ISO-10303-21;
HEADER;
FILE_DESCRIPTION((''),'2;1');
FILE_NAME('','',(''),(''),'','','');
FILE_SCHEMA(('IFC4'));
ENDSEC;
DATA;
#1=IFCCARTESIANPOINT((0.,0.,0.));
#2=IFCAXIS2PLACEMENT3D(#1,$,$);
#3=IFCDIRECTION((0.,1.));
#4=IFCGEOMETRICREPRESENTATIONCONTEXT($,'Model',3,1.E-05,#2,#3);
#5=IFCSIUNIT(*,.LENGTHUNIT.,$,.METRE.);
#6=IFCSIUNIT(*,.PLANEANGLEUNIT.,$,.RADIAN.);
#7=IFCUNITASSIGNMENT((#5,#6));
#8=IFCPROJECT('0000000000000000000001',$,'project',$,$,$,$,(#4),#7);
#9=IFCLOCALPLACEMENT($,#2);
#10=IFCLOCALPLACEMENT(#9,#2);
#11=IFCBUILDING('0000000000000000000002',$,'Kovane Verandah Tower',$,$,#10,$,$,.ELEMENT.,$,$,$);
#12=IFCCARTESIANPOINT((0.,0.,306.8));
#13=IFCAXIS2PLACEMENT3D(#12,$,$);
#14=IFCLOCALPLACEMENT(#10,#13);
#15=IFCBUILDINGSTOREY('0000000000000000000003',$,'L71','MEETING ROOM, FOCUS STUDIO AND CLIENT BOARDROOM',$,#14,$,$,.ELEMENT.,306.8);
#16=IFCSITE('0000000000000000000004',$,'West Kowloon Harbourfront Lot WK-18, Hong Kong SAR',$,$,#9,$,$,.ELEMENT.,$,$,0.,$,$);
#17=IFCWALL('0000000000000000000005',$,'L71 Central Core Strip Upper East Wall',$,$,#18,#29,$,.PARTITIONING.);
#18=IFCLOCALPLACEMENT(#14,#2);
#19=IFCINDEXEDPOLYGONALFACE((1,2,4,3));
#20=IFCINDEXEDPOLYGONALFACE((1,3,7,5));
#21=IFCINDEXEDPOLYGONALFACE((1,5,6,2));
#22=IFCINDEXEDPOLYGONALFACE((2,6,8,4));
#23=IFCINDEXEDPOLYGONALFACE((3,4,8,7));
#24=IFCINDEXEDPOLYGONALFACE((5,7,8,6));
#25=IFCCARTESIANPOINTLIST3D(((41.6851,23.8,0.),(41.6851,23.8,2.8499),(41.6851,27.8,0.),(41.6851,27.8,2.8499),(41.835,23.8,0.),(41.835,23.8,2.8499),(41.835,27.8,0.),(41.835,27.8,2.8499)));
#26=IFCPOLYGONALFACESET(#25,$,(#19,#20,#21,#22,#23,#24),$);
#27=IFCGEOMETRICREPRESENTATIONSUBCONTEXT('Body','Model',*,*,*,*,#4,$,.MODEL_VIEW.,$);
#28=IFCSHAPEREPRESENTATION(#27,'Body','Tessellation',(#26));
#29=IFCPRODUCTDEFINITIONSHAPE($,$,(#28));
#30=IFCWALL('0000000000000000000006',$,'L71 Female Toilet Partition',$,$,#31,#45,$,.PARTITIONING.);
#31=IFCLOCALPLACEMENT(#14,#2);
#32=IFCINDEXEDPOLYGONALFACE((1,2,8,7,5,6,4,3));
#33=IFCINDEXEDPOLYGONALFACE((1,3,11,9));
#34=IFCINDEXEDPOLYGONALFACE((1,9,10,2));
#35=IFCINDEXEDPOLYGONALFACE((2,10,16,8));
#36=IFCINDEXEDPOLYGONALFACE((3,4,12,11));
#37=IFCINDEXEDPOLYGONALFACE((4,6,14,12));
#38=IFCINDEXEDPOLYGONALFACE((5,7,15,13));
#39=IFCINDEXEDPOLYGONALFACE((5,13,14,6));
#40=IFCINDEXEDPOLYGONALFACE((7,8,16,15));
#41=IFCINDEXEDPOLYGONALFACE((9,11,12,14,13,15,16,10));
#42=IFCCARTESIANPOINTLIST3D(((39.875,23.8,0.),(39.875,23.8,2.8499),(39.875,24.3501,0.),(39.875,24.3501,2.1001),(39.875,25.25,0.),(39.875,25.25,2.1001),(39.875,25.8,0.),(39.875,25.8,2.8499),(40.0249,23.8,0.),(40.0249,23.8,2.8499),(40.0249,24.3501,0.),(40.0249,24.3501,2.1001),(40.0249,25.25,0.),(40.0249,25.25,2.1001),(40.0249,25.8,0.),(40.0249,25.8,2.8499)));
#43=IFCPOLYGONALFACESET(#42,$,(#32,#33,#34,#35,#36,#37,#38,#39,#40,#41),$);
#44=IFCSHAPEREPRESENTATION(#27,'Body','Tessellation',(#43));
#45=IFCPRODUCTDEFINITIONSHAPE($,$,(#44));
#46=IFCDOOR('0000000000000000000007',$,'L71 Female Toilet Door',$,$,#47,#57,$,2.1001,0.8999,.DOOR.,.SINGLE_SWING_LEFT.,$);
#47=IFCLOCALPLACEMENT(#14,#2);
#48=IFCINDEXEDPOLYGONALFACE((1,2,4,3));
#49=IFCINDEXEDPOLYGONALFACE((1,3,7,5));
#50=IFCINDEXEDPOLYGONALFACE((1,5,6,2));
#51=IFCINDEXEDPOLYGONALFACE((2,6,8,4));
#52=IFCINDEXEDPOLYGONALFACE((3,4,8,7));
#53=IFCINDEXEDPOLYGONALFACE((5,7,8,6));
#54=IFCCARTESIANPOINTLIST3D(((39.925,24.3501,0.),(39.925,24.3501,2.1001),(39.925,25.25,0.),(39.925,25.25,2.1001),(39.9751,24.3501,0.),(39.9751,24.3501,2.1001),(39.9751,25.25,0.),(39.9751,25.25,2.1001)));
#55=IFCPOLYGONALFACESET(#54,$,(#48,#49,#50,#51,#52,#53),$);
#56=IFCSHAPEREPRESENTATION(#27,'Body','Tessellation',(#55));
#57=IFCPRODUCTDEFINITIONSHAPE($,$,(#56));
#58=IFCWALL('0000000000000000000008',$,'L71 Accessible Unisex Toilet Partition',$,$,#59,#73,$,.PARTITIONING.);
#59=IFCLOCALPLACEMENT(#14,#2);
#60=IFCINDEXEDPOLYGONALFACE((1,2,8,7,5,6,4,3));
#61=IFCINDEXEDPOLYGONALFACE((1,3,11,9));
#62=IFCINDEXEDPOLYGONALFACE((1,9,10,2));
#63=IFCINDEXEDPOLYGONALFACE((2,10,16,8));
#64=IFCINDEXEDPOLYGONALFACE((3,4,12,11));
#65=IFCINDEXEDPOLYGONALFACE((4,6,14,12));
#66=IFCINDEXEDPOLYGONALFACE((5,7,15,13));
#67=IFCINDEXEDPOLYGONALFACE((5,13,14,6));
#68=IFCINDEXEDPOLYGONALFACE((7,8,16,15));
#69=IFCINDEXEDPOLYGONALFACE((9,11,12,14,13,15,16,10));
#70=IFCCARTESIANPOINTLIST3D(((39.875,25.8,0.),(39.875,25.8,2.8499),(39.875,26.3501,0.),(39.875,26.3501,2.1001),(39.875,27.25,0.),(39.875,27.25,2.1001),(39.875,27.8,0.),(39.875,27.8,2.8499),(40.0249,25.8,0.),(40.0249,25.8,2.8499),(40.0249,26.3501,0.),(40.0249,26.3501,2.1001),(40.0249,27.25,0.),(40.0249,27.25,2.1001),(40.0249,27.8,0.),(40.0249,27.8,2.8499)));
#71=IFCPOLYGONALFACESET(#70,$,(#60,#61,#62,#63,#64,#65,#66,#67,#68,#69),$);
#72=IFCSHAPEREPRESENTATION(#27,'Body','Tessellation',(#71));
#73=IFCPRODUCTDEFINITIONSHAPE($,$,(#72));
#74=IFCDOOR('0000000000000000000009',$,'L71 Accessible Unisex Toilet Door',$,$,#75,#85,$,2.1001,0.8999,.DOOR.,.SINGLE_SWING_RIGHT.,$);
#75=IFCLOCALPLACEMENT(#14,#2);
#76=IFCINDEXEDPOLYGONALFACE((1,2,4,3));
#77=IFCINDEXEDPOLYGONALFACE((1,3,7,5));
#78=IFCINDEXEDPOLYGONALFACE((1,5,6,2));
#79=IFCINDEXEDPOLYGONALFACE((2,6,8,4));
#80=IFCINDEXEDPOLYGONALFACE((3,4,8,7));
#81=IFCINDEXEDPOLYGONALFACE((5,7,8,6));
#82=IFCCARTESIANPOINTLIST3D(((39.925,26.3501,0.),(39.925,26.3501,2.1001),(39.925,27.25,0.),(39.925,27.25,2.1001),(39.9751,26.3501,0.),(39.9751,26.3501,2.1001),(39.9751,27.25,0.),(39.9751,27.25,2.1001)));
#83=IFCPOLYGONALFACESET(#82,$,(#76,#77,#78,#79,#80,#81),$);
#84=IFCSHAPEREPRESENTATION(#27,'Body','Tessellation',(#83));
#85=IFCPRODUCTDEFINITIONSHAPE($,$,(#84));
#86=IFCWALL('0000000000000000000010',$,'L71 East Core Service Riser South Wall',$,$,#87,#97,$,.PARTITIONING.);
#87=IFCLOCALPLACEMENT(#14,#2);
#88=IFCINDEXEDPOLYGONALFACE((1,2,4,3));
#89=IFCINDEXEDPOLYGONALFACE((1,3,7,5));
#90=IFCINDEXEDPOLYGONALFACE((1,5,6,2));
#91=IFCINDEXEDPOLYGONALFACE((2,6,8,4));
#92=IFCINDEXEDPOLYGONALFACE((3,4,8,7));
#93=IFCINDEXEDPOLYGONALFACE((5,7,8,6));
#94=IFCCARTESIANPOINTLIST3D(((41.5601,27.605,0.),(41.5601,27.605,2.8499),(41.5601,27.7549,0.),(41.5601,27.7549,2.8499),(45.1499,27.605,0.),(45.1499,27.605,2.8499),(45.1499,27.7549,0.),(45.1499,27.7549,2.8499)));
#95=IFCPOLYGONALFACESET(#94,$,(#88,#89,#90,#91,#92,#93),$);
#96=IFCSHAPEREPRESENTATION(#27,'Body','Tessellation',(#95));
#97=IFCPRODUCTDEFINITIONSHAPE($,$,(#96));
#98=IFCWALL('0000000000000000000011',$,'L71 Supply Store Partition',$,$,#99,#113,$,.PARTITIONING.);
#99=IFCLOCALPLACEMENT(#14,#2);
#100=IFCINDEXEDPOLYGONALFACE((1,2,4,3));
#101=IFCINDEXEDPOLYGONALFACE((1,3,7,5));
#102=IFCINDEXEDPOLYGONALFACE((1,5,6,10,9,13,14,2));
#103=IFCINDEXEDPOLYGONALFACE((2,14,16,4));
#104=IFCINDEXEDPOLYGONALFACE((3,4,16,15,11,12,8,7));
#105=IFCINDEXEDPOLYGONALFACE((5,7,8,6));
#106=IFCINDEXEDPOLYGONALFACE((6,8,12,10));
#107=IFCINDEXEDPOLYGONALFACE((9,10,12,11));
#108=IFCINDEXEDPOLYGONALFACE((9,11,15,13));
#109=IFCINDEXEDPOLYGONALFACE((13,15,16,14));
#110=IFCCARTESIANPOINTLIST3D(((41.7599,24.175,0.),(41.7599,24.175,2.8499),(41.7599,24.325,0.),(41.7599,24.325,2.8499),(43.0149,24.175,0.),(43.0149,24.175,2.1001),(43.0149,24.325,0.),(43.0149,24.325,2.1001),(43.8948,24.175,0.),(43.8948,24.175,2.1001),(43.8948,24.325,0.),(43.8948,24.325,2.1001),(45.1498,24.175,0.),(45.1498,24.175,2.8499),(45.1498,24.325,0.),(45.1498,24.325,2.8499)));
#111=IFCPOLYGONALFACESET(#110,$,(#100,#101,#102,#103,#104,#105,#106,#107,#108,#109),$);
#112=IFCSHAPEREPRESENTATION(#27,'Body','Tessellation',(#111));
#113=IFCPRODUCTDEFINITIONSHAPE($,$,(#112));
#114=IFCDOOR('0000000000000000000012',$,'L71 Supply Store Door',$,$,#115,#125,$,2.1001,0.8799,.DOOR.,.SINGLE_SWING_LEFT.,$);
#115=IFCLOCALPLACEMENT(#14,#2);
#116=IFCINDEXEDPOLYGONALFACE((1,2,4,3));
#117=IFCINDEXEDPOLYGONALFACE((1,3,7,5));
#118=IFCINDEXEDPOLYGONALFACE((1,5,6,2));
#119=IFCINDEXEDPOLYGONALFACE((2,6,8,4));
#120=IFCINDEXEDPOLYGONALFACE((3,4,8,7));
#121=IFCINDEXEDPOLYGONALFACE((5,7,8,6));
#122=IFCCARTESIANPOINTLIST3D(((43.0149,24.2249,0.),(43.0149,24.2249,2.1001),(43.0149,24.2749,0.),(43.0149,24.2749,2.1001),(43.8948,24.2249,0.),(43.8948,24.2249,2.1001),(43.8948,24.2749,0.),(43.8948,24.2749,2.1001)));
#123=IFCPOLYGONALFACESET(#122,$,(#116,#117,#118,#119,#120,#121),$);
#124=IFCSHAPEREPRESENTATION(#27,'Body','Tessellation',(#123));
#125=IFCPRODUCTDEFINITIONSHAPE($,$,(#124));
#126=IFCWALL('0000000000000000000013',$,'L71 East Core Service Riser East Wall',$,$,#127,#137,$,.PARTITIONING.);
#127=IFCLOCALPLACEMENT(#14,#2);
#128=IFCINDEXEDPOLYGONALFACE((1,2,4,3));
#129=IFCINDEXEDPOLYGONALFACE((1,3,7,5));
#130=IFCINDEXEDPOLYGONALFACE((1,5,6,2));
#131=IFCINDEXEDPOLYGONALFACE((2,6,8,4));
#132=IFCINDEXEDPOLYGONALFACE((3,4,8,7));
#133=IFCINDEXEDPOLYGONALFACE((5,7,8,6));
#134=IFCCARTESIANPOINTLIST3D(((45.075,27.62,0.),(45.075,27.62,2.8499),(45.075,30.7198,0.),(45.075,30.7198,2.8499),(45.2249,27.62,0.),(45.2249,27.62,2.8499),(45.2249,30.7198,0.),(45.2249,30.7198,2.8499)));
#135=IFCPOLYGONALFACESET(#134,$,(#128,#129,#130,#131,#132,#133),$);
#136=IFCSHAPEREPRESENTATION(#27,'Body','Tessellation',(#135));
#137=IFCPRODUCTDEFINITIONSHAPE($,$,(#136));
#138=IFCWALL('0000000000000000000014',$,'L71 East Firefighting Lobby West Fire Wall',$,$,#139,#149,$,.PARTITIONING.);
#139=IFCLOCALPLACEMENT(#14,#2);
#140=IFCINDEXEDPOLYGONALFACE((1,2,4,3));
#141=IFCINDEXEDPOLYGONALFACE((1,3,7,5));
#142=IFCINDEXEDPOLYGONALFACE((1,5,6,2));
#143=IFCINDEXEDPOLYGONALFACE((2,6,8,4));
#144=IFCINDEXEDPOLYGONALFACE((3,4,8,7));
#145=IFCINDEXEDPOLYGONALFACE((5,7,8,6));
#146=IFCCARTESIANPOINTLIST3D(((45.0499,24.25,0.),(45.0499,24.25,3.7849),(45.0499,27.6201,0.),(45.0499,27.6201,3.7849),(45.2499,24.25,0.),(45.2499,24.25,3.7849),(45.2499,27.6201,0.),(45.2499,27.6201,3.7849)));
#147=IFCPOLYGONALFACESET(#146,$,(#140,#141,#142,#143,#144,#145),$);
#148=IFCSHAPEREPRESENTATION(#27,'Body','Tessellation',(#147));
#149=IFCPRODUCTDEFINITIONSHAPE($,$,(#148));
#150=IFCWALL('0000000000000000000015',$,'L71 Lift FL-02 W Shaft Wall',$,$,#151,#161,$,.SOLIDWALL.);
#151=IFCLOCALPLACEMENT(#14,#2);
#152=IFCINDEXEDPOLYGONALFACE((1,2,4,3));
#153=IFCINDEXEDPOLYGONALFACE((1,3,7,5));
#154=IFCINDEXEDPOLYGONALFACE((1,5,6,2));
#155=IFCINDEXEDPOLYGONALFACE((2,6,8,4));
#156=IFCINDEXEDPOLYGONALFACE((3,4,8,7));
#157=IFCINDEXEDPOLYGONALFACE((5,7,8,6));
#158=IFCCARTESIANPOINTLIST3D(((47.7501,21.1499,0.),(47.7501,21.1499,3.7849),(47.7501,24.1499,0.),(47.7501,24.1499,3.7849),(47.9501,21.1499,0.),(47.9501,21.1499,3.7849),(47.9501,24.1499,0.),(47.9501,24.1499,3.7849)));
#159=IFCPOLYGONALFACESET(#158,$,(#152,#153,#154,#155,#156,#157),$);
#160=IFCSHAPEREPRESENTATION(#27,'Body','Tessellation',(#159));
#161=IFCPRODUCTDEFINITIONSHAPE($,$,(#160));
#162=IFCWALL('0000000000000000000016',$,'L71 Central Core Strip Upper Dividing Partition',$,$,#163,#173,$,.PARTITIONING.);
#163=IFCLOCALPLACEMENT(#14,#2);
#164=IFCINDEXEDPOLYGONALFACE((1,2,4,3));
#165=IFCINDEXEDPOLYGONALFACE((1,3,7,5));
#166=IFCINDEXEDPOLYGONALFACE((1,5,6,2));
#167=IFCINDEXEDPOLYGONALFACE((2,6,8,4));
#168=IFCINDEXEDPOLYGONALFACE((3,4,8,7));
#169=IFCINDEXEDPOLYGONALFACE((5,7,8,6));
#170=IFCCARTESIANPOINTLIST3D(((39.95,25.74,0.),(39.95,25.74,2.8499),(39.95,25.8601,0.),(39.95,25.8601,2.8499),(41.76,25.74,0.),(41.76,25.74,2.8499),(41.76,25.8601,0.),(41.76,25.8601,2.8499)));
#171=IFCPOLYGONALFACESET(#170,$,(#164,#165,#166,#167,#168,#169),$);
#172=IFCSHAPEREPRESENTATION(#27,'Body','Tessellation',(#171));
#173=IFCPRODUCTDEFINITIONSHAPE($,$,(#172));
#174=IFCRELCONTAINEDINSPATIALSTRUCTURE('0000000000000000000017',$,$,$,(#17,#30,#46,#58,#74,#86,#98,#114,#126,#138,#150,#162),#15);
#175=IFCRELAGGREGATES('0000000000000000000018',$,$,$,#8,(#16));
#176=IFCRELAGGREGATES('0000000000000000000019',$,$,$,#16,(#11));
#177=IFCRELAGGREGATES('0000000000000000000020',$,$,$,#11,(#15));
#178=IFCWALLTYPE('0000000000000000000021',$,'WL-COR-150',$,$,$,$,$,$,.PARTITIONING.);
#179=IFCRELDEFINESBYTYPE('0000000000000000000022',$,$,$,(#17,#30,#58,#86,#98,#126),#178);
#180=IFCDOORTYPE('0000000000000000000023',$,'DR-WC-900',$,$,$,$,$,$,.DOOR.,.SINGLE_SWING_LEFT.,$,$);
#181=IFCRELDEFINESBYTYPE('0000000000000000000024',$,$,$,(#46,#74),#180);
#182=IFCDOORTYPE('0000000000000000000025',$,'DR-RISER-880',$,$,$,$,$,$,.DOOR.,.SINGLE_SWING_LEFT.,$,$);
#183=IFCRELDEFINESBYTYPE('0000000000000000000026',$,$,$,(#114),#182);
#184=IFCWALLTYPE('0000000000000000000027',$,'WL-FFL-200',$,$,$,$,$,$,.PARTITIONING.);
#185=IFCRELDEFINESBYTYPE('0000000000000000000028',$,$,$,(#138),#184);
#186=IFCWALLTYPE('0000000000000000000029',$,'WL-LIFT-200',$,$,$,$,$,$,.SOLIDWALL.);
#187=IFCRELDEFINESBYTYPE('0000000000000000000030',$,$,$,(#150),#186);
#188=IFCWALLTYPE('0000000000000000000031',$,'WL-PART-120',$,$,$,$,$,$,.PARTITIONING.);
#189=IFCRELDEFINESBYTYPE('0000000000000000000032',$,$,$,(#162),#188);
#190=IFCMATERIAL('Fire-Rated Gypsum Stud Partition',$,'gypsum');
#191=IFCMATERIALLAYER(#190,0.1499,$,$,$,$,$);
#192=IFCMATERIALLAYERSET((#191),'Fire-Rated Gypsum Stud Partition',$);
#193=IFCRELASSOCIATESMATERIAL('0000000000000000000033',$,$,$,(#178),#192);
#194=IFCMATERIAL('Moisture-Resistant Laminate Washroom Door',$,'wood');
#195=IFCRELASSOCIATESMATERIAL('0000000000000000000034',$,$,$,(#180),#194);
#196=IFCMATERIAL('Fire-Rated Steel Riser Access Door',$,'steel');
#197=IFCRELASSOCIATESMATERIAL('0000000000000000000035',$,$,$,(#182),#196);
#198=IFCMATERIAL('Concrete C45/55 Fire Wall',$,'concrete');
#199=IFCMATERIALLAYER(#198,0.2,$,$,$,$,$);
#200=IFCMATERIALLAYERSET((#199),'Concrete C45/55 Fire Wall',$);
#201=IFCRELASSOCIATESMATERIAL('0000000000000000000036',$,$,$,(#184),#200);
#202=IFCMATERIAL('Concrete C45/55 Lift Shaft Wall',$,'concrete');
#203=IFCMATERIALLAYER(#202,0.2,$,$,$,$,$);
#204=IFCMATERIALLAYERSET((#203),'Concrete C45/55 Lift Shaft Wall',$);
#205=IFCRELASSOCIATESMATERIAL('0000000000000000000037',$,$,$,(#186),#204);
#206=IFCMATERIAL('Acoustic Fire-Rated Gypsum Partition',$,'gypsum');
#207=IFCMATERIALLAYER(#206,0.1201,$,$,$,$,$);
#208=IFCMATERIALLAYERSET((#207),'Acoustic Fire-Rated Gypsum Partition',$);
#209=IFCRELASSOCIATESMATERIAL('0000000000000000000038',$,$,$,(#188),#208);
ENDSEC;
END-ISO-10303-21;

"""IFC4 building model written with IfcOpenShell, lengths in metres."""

from ifc_helpers import new_model, si_unit, direction, frame, frame_2d, origin, place, context, subcontext, project, spatial, rectangle, extrude, material, layer, layer_set, type_object, element, fill, save


model = new_model("IFC4")

# Units and contexts
model_context = context("Model", 3, precision=1e-05, world=origin(), true_north=direction((0.0, 1.0)))
body_context = subcontext(model_context, "Body", "Model", "MODEL_VIEW")
ifc_project = project(units=[si_unit("LENGTHUNIT", "METRE"), si_unit("PLANEANGLEUNIT", "RADIAN")], contexts=[model_context])

# Site, building, storey
site_placement = place(None, origin())
site = spatial("IfcSite", under=ifc_project, at=site_placement, Name="West Kowloon Harbourfront Lot WK-18, Hong Kong SAR", CompositionType="ELEMENT", RefElevation=0.0)
building_placement = place(site_placement, origin())
building = spatial("IfcBuilding", under=site, at=building_placement, Name="Kovane Verandah Tower", CompositionType="ELEMENT")
storey_placement = place(building_placement, frame((0.0, 0.0, 306.8)))
storey = spatial("IfcBuildingStorey", under=building, at=storey_placement, Name="L71", Description="MEETING ROOM, FOCUS STUDIO AND CLIENT BOARDROOM", CompositionType="ELEMENT", Elevation=306.8)

# Wall
ifc_material_1 = material(Name="Fire-Rated Gypsum Stud Partition", Category="gypsum")
ifc_layer_1 = layer(ifc_material_1, 0.1499)
ifc_layer_set_1 = layer_set([ifc_layer_1], Name="Fire-Rated Gypsum Stud Partition")
wall_type_1 = type_object("IfcWallType", Name="WL-COR-150", PredefinedType="PARTITIONING", material=ifc_layer_set_1)
wall_1_placement = place(storey_placement, frame((41.76, 23.8, 0.0), z_axis=(0.0, 0.0, 1.0), x_axis=(0.0, 1.0, 0.0)))
element("IfcWall", 1, at=wall_1_placement, inside=storey, type_object=wall_type_1, Name="L71 Central Core Strip Upper East Wall", PredefinedType="PARTITIONING", context=body_context, shape_type="SweptSolid", body=[
    extrude(rectangle(XDim=4.0, YDim=0.1499, at=frame_2d((2.0, 0.0))), origin(), (0.0, 0.0, 1.0), 2.8499),
])

# Walls, openings, doors
wall_2_placement = place(storey_placement, frame((39.95, 23.8, 0.0), z_axis=(0.0, 0.0, 1.0), x_axis=(0.0, 1.0, 0.0)))
wall_2 = element("IfcWall", 2, at=wall_2_placement, inside=storey, type_object=wall_type_1, Name="L71 Female Toilet Partition", PredefinedType="PARTITIONING", context=body_context, shape_type="SweptSolid", body=[
    extrude(rectangle(XDim=2.0, YDim=0.1499, at=frame_2d((1.0, 0.0))), origin(), (0.0, 0.0, 1.0), 2.8499),
])
opening_1_placement = place(wall_2_placement, frame((0.55, 0.0, 0.0)))
opening_1 = element("IfcOpeningElement", 3, at=opening_1_placement, cuts=wall_2, PredefinedType="OPENING", context=body_context, shape_type="SweptSolid", body=[
    extrude(rectangle(XDim=0.8999, YDim=2.1001, at=frame_2d((0.45, 1.05))), frame((0.0, 0.075, 0.0), z_axis=(0.0, -1.0, 0.0), x_axis=(1.0, 0.0, 0.0)), (0.0, 0.0, 1.0), 0.1499),
])
ifc_material_2 = material(Name="Moisture-Resistant Laminate Washroom Door", Category="wood")
door_type_1 = type_object("IfcDoorType", Name="DR-WC-900", OperationType="SINGLE_SWING_LEFT", PredefinedType="DOOR", material=ifc_material_2)
door_1_placement = place(opening_1_placement, origin())
door_1 = element("IfcDoor", 4, at=door_1_placement, inside=storey, type_object=door_type_1, Name="L71 Female Toilet Door", OperationType="SINGLE_SWING_LEFT", OverallHeight=2.1001, OverallWidth=0.8999, PredefinedType="DOOR", context=body_context, shape_type="SweptSolid", body=[
    extrude(rectangle(XDim=0.8999, YDim=2.1001, at=frame_2d((0.45, 1.05))), frame((0.0, 0.0249, 0.0), z_axis=(0.0, -1.0, 0.0), x_axis=(1.0, 0.0, 0.0)), (0.0, 0.0, 1.0), 0.05),
])
fill(opening_1, door_1)
wall_3_placement = place(storey_placement, frame((39.95, 25.8, 0.0), z_axis=(0.0, 0.0, 1.0), x_axis=(0.0, 1.0, 0.0)))
wall_3 = element("IfcWall", 5, at=wall_3_placement, inside=storey, type_object=wall_type_1, Name="L71 Accessible Unisex Toilet Partition", PredefinedType="PARTITIONING", context=body_context, shape_type="SweptSolid", body=[
    extrude(rectangle(XDim=2.0, YDim=0.1499, at=frame_2d((1.0, 0.0))), origin(), (0.0, 0.0, 1.0), 2.8499),
])
opening_2_placement = place(wall_3_placement, frame((0.55, 0.0, 0.0)))
opening_2 = element("IfcOpeningElement", 6, at=opening_2_placement, cuts=wall_3, PredefinedType="OPENING", context=body_context, shape_type="SweptSolid", body=[
    extrude(rectangle(XDim=0.8999, YDim=2.1001, at=frame_2d((0.45, 1.05))), frame((0.0, 0.075, 0.0), z_axis=(0.0, -1.0, 0.0), x_axis=(1.0, 0.0, 0.0)), (0.0, 0.0, 1.0), 0.1499),
])
door_2_placement = place(opening_2_placement, origin())
door_2 = element("IfcDoor", 7, at=door_2_placement, inside=storey, type_object=door_type_1, Name="L71 Accessible Unisex Toilet Door", OperationType="SINGLE_SWING_RIGHT", OverallHeight=2.1001, OverallWidth=0.8999, PredefinedType="DOOR", context=body_context, shape_type="SweptSolid", body=[
    extrude(rectangle(XDim=0.8999, YDim=2.1001, at=frame_2d((0.45, 1.05))), frame((0.0, 0.0249, 0.0), z_axis=(0.0, -1.0, 0.0), x_axis=(1.0, 0.0, 0.0)), (0.0, 0.0, 1.0), 0.05),
])
fill(opening_2, door_2)

# Wall
wall_4_placement = place(storey_placement, frame((41.5601, 27.6799, 0.0), z_axis=(0.0, 0.0, 1.0), x_axis=(1.0, 0.0, 0.0)))
element("IfcWall", 8, at=wall_4_placement, inside=storey, type_object=wall_type_1, Name="L71 East Core Service Riser South Wall", PredefinedType="PARTITIONING", context=body_context, shape_type="SweptSolid", body=[
    extrude(rectangle(XDim=3.5898, YDim=0.1499, at=frame_2d((1.7949, 0.0))), origin(), (0.0, 0.0, 1.0), 2.8499),
])

# Wall, opening, door
wall_5_placement = place(storey_placement, frame((41.76, 24.25, 0.0), z_axis=(0.0, 0.0, 1.0), x_axis=(1.0, 0.0, 0.0)))
wall_5 = element("IfcWall", 9, at=wall_5_placement, inside=storey, type_object=wall_type_1, Name="L71 Supply Store Partition", PredefinedType="PARTITIONING", context=body_context, shape_type="SweptSolid", body=[
    extrude(rectangle(XDim=3.3899, YDim=0.1499, at=frame_2d((1.6948, 0.0))), origin(), (0.0, 0.0, 1.0), 2.8499),
])
opening_3_placement = place(wall_5_placement, frame((1.2549, 0.0, 0.0)))
opening_3 = element("IfcOpeningElement", 10, at=opening_3_placement, cuts=wall_5, PredefinedType="OPENING", context=body_context, shape_type="SweptSolid", body=[
    extrude(rectangle(XDim=0.8799, YDim=2.1001, at=frame_2d((0.4399, 1.05))), frame((0.0, 0.075, 0.0), z_axis=(0.0, -1.0, 0.0), x_axis=(1.0, 0.0, 0.0)), (0.0, 0.0, 1.0), 0.1499),
])
ifc_material_3 = material(Name="Fire-Rated Steel Riser Access Door", Category="steel")
door_type_2 = type_object("IfcDoorType", Name="DR-RISER-880", OperationType="SINGLE_SWING_LEFT", PredefinedType="DOOR", material=ifc_material_3)
door_3_placement = place(opening_3_placement, origin())
door_3 = element("IfcDoor", 11, at=door_3_placement, inside=storey, type_object=door_type_2, Name="L71 Supply Store Door", OperationType="SINGLE_SWING_LEFT", OverallHeight=2.1001, OverallWidth=0.8799, PredefinedType="DOOR", context=body_context, shape_type="SweptSolid", body=[
    extrude(rectangle(XDim=0.8799, YDim=2.1001, at=frame_2d((0.4399, 1.05))), frame((0.0, 0.0249, 0.0), z_axis=(0.0, -1.0, 0.0), x_axis=(1.0, 0.0, 0.0)), (0.0, 0.0, 1.0), 0.05),
])
fill(opening_3, door_3)

# Walls
wall_6_placement = place(storey_placement, frame((45.1499, 27.6201, 0.0), z_axis=(0.0, 0.0, 1.0), x_axis=(0.0, 1.0, 0.0)))
element("IfcWall", 12, at=wall_6_placement, inside=storey, type_object=wall_type_1, Name="L71 East Core Service Riser East Wall", PredefinedType="PARTITIONING", context=body_context, shape_type="SweptSolid", body=[
    extrude(rectangle(XDim=3.0999, YDim=0.1499, at=frame_2d((1.5498, 0.0))), origin(), (0.0, 0.0, 1.0), 2.8499),
])
ifc_material_4 = material(Name="Concrete C45/55 Fire Wall", Category="concrete")
ifc_layer_2 = layer(ifc_material_4, 0.2)
ifc_layer_set_2 = layer_set([ifc_layer_2], Name="Concrete C45/55 Fire Wall")
wall_type_2 = type_object("IfcWallType", Name="WL-FFL-200", PredefinedType="PARTITIONING", material=ifc_layer_set_2)
wall_7_placement = place(storey_placement, frame((45.1499, 24.25, 0.0), z_axis=(0.0, 0.0, 1.0), x_axis=(0.0, 1.0, 0.0)))
element("IfcWall", 13, at=wall_7_placement, inside=storey, type_object=wall_type_2, Name="L71 East Firefighting Lobby West Fire Wall", PredefinedType="PARTITIONING", context=body_context, shape_type="SweptSolid", body=[
    extrude(rectangle(XDim=3.3701, YDim=0.2, at=frame_2d((1.6851, 0.0))), origin(), (0.0, 0.0, 1.0), 3.7849),
])

# Shared definitions
ifc_material_5 = material(Name="Concrete C45/55 Lift Shaft Wall", Category="concrete")
ifc_layer_3 = layer(ifc_material_5, 0.2)
ifc_layer_set_3 = layer_set([ifc_layer_3], Name="Concrete C45/55 Lift Shaft Wall")
wall_type_3 = type_object("IfcWallType", Name="WL-LIFT-200", PredefinedType="SOLIDWALL", material=ifc_layer_set_3)

# Walls
wall_8_placement = place(storey_placement, frame((47.8501, 24.1499, 0.0), z_axis=(0.0, 0.0, 1.0), x_axis=(0.0, -1.0, 0.0)))
element("IfcWall", 14, at=wall_8_placement, inside=storey, type_object=wall_type_3, Name="L71 Lift FL-02 W Shaft Wall", PredefinedType="SOLIDWALL", context=body_context, shape_type="SweptSolid", body=[
    extrude(rectangle(XDim=3.0, YDim=0.2, at=frame_2d((1.5, 0.0))), origin(), (0.0, 0.0, 1.0), 3.7849),
])
ifc_material_6 = material(Name="Acoustic Fire-Rated Gypsum Partition", Category="gypsum")
ifc_layer_4 = layer(ifc_material_6, 0.1201)
ifc_layer_set_4 = layer_set([ifc_layer_4], Name="Acoustic Fire-Rated Gypsum Partition")
wall_type_4 = type_object("IfcWallType", Name="WL-PART-120", PredefinedType="PARTITIONING", material=ifc_layer_set_4)
wall_9_placement = place(storey_placement, frame((39.95, 25.8, 0.0), z_axis=(0.0, 0.0, 1.0), x_axis=(1.0, 0.0, 0.0)))
element("IfcWall", 15, at=wall_9_placement, inside=storey, type_object=wall_type_4, Name="L71 Central Core Strip Upper Dividing Partition", PredefinedType="PARTITIONING", context=body_context, shape_type="SweptSolid", body=[
    extrude(rectangle(XDim=1.8101, YDim=0.1201, at=frame_2d((0.905, 0.0))), origin(), (0.0, 0.0, 1.0), 2.8499),
])

save(model, "model.ifc")
